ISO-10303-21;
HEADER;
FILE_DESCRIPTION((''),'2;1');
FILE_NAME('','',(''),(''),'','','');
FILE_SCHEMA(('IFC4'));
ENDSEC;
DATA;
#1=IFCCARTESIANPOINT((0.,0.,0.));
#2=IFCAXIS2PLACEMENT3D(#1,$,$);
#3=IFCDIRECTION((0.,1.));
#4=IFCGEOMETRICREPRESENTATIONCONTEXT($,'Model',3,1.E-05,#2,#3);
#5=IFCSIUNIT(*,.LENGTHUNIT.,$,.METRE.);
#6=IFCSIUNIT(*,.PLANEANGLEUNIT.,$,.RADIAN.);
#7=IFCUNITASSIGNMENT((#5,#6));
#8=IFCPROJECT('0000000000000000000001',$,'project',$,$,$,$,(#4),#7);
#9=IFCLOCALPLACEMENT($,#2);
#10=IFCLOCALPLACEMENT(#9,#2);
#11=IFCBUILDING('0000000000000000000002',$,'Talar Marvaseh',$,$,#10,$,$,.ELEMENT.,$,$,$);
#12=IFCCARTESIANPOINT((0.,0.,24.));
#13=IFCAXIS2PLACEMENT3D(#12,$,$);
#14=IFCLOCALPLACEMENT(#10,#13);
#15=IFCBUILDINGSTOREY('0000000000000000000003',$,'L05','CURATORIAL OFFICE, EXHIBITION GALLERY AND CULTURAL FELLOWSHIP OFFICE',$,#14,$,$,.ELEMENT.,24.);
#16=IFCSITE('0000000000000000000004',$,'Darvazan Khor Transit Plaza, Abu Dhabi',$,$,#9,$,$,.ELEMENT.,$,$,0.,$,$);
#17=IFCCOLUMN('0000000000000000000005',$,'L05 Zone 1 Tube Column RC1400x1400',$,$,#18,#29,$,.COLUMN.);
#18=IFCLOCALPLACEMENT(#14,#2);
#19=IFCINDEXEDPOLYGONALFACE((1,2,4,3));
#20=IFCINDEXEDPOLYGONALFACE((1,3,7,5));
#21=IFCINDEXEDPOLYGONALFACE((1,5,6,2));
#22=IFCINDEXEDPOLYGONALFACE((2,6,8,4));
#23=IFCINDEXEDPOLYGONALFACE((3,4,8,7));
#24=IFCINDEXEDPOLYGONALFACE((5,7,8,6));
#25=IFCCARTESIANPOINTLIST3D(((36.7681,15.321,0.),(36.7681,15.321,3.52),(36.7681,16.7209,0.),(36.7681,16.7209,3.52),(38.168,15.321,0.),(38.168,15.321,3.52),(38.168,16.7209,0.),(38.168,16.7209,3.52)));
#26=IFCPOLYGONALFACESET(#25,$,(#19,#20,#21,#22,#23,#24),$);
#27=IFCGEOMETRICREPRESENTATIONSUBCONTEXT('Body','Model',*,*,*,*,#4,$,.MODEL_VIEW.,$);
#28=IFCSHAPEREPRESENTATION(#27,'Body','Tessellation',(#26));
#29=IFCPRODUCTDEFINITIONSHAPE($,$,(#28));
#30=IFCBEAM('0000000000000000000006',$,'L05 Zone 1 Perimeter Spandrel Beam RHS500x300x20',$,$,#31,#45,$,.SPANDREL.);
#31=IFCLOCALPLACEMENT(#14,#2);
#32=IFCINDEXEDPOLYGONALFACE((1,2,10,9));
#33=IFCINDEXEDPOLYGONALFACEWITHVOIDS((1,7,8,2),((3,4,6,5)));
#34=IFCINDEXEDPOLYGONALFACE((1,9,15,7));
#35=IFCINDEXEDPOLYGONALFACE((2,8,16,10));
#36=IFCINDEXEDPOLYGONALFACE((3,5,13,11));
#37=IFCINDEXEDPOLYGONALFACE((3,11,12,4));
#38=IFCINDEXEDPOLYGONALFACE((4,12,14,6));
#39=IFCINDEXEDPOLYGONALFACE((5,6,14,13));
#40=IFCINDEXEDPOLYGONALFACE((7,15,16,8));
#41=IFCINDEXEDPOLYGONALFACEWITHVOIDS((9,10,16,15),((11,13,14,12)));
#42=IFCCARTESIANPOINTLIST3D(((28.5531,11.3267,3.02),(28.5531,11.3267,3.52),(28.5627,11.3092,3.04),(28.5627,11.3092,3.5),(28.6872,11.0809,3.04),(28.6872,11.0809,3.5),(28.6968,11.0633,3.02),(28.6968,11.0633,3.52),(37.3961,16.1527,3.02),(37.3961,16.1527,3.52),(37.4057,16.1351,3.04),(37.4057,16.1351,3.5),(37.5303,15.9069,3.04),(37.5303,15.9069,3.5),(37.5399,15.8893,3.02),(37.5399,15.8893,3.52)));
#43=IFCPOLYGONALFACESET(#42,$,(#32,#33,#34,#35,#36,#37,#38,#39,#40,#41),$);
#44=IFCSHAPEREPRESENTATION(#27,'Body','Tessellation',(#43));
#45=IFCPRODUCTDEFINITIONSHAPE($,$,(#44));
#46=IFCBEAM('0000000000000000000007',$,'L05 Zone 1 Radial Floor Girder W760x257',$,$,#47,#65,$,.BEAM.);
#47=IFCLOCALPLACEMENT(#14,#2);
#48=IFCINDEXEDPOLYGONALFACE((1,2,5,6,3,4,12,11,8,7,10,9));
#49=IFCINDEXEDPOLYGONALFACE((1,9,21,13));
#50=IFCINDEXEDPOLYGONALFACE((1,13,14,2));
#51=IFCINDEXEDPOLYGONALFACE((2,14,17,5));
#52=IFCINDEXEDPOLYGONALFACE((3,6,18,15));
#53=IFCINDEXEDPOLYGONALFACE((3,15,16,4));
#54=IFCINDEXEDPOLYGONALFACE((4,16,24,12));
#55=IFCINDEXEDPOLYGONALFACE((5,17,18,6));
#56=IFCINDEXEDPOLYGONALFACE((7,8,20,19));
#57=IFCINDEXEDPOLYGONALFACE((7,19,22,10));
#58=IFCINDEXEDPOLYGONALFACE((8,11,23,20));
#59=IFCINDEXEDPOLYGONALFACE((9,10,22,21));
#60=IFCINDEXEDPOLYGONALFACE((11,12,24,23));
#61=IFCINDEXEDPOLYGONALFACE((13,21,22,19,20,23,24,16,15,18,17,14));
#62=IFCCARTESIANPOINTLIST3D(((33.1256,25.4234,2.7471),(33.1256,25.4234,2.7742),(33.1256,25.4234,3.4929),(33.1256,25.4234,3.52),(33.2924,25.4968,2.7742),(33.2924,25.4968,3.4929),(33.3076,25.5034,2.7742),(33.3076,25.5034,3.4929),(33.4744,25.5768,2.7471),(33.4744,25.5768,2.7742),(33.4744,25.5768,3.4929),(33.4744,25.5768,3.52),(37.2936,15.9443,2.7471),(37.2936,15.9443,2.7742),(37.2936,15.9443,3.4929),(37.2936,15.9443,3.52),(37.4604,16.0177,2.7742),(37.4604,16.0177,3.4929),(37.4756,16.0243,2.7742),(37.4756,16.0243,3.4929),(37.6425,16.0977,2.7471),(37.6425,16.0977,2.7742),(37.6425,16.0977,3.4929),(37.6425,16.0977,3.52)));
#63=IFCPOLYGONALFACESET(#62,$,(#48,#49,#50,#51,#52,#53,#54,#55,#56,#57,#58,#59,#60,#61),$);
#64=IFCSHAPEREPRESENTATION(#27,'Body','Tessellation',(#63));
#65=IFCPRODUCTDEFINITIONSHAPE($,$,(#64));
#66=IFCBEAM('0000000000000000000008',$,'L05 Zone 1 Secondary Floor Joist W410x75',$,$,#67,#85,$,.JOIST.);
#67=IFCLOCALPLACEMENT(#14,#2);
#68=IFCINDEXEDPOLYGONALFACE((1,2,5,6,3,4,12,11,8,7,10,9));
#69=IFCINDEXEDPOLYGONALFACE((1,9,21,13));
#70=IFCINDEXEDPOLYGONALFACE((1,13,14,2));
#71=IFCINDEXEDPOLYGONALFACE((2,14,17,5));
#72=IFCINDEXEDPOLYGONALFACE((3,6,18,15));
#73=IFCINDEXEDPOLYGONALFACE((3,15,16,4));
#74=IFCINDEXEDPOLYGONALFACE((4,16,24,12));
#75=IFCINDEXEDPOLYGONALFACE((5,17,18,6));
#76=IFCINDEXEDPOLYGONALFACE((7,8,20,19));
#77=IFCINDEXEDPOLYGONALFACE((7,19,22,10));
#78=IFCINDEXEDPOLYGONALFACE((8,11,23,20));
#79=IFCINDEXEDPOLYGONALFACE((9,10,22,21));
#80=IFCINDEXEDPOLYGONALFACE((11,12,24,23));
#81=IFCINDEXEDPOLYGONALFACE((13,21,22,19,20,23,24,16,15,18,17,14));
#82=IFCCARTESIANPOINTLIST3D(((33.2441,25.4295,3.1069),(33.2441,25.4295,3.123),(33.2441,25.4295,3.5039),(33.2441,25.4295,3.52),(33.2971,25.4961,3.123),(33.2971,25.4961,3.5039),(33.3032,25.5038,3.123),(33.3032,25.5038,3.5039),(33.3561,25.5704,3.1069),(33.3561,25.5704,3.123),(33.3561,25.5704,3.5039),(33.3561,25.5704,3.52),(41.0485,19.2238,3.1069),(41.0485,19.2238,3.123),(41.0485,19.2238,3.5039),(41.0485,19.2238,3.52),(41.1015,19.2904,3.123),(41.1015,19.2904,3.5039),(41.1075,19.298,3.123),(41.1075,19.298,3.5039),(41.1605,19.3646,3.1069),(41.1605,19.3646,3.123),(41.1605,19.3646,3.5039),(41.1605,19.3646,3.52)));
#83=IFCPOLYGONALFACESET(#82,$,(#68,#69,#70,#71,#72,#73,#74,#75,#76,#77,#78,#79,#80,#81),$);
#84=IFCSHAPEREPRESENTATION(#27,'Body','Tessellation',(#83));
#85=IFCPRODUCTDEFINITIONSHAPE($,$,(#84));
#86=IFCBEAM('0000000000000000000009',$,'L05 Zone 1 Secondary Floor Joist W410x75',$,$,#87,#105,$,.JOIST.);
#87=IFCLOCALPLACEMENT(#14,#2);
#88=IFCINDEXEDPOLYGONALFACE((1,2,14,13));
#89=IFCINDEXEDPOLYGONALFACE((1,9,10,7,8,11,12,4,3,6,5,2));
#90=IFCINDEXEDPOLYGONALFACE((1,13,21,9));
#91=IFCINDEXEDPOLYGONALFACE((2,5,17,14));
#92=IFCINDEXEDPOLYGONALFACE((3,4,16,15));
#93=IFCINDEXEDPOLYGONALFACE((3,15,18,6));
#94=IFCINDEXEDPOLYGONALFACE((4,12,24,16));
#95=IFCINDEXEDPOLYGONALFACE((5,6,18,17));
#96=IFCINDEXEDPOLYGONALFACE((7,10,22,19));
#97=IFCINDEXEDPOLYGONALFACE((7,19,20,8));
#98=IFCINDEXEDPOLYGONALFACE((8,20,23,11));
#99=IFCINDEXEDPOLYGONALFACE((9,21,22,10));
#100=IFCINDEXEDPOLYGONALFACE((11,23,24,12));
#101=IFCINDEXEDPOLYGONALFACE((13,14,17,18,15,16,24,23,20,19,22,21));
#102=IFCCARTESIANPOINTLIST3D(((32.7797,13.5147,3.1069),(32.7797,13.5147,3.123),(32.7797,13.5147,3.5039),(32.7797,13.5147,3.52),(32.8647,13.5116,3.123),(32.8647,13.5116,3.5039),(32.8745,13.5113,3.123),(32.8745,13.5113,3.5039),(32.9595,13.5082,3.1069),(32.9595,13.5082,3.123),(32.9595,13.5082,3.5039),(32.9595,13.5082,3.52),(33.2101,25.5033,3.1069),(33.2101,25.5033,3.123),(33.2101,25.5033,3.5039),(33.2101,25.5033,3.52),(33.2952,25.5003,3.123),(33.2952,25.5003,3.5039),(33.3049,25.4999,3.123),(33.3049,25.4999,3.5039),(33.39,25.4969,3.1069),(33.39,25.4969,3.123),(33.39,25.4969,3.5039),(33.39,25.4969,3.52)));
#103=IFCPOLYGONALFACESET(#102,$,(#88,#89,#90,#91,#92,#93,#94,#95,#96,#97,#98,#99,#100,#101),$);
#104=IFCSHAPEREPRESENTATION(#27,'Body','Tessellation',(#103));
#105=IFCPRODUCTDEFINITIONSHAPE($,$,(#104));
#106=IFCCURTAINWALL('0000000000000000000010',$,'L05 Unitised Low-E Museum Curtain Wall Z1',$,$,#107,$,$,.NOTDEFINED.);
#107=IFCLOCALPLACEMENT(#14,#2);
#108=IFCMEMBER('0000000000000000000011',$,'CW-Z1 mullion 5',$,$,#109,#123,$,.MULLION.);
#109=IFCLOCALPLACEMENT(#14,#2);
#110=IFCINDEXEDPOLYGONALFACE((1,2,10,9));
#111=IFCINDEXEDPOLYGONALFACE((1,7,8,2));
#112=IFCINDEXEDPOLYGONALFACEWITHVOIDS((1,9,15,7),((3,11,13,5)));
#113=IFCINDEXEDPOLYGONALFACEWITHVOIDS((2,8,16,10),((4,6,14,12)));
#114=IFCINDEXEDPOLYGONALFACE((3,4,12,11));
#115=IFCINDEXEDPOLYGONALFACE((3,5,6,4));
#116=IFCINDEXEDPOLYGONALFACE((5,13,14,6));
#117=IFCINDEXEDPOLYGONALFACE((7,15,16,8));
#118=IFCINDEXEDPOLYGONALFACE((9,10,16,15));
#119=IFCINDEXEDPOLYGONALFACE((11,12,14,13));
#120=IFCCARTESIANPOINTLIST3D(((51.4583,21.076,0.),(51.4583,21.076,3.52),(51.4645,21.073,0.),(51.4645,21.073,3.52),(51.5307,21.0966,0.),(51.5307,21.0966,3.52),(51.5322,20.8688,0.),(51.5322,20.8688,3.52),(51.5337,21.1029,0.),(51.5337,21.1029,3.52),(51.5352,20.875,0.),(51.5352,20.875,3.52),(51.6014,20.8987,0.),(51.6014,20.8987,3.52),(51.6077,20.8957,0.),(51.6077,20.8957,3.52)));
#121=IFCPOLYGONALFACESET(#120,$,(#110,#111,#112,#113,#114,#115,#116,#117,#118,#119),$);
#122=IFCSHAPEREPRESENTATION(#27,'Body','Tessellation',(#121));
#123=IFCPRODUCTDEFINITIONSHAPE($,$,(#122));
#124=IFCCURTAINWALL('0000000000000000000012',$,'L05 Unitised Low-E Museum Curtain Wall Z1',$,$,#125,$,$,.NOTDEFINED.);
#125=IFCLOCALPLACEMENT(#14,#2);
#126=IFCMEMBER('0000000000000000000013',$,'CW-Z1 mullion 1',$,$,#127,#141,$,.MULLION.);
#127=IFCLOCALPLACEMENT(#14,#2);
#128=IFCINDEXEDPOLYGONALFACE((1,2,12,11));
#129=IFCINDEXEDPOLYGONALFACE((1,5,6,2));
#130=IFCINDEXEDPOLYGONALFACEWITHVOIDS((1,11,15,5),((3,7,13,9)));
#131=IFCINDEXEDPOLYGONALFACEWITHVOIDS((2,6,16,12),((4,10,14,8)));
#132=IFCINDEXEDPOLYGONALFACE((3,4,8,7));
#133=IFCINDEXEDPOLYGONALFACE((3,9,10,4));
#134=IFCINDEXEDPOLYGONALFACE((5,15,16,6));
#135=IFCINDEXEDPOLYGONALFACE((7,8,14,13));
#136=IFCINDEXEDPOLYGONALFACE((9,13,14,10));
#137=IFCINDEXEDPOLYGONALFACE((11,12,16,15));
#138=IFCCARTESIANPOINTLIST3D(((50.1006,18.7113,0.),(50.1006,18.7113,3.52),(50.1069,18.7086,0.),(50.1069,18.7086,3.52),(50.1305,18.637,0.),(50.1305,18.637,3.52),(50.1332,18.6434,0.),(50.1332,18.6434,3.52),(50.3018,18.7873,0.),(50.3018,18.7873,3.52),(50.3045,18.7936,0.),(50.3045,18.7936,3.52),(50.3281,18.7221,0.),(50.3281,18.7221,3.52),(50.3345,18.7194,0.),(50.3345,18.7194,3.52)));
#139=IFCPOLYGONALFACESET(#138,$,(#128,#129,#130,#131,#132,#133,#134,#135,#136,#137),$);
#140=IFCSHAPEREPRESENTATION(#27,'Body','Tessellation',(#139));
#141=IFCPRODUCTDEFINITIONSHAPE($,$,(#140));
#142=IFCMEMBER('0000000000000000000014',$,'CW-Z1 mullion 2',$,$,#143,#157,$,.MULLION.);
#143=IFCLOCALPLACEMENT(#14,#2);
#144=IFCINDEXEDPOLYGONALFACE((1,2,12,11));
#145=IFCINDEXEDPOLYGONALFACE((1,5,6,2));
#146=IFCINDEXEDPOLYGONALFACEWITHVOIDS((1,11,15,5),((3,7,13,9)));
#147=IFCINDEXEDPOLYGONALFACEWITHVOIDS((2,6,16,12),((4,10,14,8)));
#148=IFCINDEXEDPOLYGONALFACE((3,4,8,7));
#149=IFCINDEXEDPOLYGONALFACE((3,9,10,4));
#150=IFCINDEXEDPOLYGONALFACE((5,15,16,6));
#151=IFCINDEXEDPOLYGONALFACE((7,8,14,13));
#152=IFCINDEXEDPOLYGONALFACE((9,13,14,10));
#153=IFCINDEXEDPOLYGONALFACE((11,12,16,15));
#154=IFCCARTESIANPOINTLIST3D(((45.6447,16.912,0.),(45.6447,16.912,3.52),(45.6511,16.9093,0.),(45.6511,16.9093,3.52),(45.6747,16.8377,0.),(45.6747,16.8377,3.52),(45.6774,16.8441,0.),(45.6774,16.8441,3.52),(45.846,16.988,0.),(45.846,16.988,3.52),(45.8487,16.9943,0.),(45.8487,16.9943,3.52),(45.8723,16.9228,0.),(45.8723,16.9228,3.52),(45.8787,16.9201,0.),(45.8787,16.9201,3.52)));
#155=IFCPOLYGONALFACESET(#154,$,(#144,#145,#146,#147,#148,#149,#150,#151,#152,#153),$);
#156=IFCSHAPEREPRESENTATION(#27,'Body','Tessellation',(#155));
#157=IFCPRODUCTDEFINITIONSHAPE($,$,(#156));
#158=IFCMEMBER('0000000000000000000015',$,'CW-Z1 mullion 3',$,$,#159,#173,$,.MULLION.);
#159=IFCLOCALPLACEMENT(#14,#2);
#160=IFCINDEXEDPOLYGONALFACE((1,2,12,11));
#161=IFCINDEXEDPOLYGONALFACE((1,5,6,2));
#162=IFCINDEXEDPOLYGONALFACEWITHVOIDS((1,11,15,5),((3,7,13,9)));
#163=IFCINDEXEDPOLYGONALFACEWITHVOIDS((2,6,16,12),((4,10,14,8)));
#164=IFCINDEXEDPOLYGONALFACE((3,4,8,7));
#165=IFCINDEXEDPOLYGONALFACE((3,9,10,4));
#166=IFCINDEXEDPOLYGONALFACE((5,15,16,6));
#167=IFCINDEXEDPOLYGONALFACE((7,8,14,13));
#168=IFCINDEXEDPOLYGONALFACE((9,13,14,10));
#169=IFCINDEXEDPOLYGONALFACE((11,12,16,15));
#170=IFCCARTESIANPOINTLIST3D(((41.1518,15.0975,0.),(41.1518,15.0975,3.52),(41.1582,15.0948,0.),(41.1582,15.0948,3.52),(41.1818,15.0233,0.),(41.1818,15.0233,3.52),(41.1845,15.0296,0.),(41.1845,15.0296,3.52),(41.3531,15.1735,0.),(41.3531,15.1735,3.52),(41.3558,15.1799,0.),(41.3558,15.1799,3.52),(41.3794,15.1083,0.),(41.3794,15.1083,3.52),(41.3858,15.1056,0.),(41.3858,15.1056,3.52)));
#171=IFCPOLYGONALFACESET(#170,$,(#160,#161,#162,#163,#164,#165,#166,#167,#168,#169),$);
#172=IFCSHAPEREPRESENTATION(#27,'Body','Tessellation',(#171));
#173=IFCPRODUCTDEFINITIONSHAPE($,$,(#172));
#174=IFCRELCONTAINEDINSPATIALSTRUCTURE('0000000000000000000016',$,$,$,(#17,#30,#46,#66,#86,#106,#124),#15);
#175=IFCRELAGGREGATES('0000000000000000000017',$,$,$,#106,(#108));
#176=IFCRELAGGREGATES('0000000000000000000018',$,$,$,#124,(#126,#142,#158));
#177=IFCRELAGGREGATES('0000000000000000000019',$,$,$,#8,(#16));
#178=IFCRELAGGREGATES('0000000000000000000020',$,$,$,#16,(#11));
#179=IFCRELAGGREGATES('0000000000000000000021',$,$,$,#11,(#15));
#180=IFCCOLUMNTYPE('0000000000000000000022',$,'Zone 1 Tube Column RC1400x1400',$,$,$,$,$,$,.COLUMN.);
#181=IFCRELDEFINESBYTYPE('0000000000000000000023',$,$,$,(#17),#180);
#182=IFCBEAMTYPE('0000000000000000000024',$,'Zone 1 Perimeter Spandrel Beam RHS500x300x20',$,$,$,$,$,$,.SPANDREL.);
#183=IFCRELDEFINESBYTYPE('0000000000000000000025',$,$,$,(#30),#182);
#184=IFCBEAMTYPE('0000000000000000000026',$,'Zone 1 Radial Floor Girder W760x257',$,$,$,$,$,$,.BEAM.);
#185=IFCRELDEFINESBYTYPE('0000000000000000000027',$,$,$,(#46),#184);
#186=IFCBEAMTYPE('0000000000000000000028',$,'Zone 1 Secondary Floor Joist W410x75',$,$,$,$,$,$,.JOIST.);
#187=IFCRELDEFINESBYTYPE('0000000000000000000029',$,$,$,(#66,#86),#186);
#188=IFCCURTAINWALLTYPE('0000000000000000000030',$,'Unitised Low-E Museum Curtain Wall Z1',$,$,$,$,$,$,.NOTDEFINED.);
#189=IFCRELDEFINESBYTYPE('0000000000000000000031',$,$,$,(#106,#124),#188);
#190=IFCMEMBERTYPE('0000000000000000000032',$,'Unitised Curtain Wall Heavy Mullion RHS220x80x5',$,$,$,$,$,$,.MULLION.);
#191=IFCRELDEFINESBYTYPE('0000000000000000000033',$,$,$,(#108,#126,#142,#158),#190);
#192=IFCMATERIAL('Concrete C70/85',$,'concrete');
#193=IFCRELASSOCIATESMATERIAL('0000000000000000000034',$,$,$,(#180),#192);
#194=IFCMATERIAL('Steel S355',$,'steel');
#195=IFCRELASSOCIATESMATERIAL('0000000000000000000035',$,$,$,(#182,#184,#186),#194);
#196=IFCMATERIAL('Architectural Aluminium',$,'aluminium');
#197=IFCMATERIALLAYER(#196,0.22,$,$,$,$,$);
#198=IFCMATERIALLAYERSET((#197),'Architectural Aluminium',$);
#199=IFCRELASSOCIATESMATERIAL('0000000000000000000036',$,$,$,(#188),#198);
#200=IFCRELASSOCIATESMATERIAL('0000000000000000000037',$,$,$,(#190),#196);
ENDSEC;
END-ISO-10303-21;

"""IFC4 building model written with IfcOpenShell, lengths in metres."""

from ifc_helpers import new_model, si_unit, direction, frame, origin, origin_2d, place, context, subcontext, project, spatial, rectangle, hollow_rectangle, i_section, extrude, source, transform, mapped, material, layer, layer_set, material_profile, profile_set, type_object, type_shapes, element, aggregate, save


model = new_model("IFC4")

# Units and contexts
model_context = context("Model", 3, precision=1e-05, world=origin(), true_north=direction((0.0, 1.0)))
body_context = subcontext(model_context, "Body", "Model", "MODEL_VIEW")
ifc_project = project(units=[si_unit("LENGTHUNIT", "METRE"), si_unit("PLANEANGLEUNIT", "RADIAN")], contexts=[model_context])

# Site, building, storey
site_placement = place(None, origin())
site = spatial("IfcSite", under=ifc_project, at=site_placement, Name="Darvazan Khor Transit Plaza, Abu Dhabi", CompositionType="ELEMENT", RefElevation=0.0)
building_placement = place(site_placement, origin())
building = spatial("IfcBuilding", under=site, at=building_placement, Name="Talar Marvaseh", CompositionType="ELEMENT")
storey_placement = place(building_placement, frame((0.0, 0.0, 24.0)))
storey = spatial("IfcBuildingStorey", under=building, at=storey_placement, Name="L05", Description="CURATORIAL OFFICE, EXHIBITION GALLERY AND CULTURAL FELLOWSHIP OFFICE", CompositionType="ELEMENT", Elevation=24.0)

# Column
ifc_material_1 = material(Name="Concrete C70/85", Category="concrete")
ifc_material_profile_1 = material_profile(ifc_material_1, rectangle(XDim=1.3999, YDim=1.3999, at=origin_2d()), Name="RC1400x1400")
ifc_profile_set_1 = profile_set([ifc_material_profile_1], Name="Concrete C70/85")
column_type = type_object("IfcColumnType", Name="Zone 1 Tube Column RC1400x1400", PredefinedType="COLUMN", material=ifc_profile_set_1)
column_placement = place(storey_placement, frame((37.468, 16.021, 0.0), z_axis=(0.0, 0.0, 1.0), x_axis=(1.0, 0.0, 0.0)))
element("IfcColumn", 1, at=column_placement, inside=storey, type_object=column_type, Name="L05 Zone 1 Tube Column RC1400x1400", PredefinedType="COLUMN", context=body_context, shape_type="SweptSolid", body=[
    extrude(rectangle(XDim=1.3999, YDim=1.3999, at=origin_2d()), origin(), (0.0, 0.0, 1.0), 3.52),
])

# Beams
ifc_material_2 = material(Name="Steel S355", Category="steel")
ifc_material_profile_2 = material_profile(ifc_material_2, hollow_rectangle(XDim=0.3, YDim=0.5, WallThickness=0.02, at=origin_2d()), Name="RHS500x300x20")
ifc_profile_set_2 = profile_set([ifc_material_profile_2], Name="Steel S355")
beam_type_1 = type_object("IfcBeamType", Name="Zone 1 Perimeter Spandrel Beam RHS500x300x20", PredefinedType="SPANDREL", material=ifc_profile_set_2)
beam_1_placement = place(storey_placement, frame((37.468, 16.021, 3.27), z_axis=(-0.877793, -0.479041, 0.0), x_axis=(0.479041, -0.877793, 0.0)))
element("IfcBeam", 2, at=beam_1_placement, inside=storey, type_object=beam_type_1, Name="L05 Zone 1 Perimeter Spandrel Beam RHS500x300x20", PredefinedType="SPANDREL", context=body_context, shape_type="SweptSolid", body=[
    extrude(hollow_rectangle(XDim=0.3, YDim=0.5, WallThickness=0.02, at=origin_2d()), origin(), (0.0, 0.0, 1.0), 10.0742),
])
ifc_material_profile_3 = material_profile(ifc_material_2, i_section(OverallWidth=0.3811, OverallDepth=0.7729, WebThickness=0.0166, FlangeThickness=0.0271, at=origin_2d()), Name="W760x257")
ifc_profile_set_3 = profile_set([ifc_material_profile_3], Name="Steel S355")
beam_type_2 = type_object("IfcBeamType", Name="Zone 1 Radial Floor Girder W760x257", PredefinedType="BEAM", material=ifc_profile_set_3)
beam_2_placement = place(storey_placement, frame((37.468, 16.021, 3.1335), z_axis=(-0.402513, 0.915414, 0.0), x_axis=(-0.915414, -0.402513, 0.0)))
element("IfcBeam", 3, at=beam_2_placement, inside=storey, type_object=beam_type_2, Name="L05 Zone 1 Radial Floor Girder W760x257", PredefinedType="BEAM", context=body_context, shape_type="SweptSolid", body=[
    extrude(i_section(OverallWidth=0.3811, OverallDepth=0.7729, WebThickness=0.0166, FlangeThickness=0.0271, at=origin_2d()), origin(), (0.0, 0.0, 1.0), 10.355),
])
ifc_material_profile_4 = material_profile(ifc_material_2, i_section(OverallWidth=0.1799, OverallDepth=0.4131, WebThickness=0.0098, FlangeThickness=0.0161, at=origin_2d()), Name="W410x75")
ifc_profile_set_4 = profile_set([ifc_material_profile_4], Name="Steel S355")
beam_type_3 = type_object("IfcBeamType", Name="Zone 1 Secondary Floor Joist W410x75", PredefinedType="JOIST", material=ifc_profile_set_4)
beam_3_placement = place(storey_placement, frame((41.1045, 19.2942, 3.3135), z_axis=(-0.782712, 0.622384, 0.0), x_axis=(-0.622384, -0.782712, 0.0)))
element("IfcBeam", 4, at=beam_3_placement, inside=storey, type_object=beam_type_3, Name="L05 Zone 1 Secondary Floor Joist W410x75", PredefinedType="JOIST", context=body_context, shape_type="SweptSolid", body=[
    extrude(i_section(OverallWidth=0.1799, OverallDepth=0.4131, WebThickness=0.0098, FlangeThickness=0.0161, at=origin_2d()), origin(), (0.0, 0.0, 1.0), 9.9709),
])
beam_4_placement = place(storey_placement, frame((32.8696, 13.5115, 3.3135), z_axis=(0.03588, 0.999356, 0.0), x_axis=(-0.999356, 0.03588, 0.0)))
element("IfcBeam", 5, at=beam_4_placement, inside=storey, type_object=beam_type_3, Name="L05 Zone 1 Secondary Floor Joist W410x75", PredefinedType="JOIST", context=body_context, shape_type="SweptSolid", body=[
    extrude(i_section(OverallWidth=0.1799, OverallDepth=0.4131, WebThickness=0.0098, FlangeThickness=0.0161, at=origin_2d()), origin(), (0.0, 0.0, 1.0), 11.9963),
])

# Curtain wall, member
ifc_material_3 = material(Name="Architectural Aluminium", Category="aluminium")
ifc_layer_1 = layer(ifc_material_3, 0.22)
ifc_layer_set_1 = layer_set([ifc_layer_1], Name="Architectural Aluminium")
curtain_wall_type = type_object("IfcCurtainWallType", Name="Unitised Low-E Museum Curtain Wall Z1", PredefinedType="NOTDEFINED", material=ifc_layer_set_1)
curtain_wall_1_placement = place(storey_placement, origin())
curtain_wall_1 = element("IfcCurtainWall", 6, at=curtain_wall_1_placement, inside=storey, type_object=curtain_wall_type, Name="L05 Unitised Low-E Museum Curtain Wall Z1", PredefinedType="NOTDEFINED")
ifc_material_profile_5 = material_profile(ifc_material_3, hollow_rectangle(XDim=0.0801, YDim=0.22, WallThickness=0.0049, at=origin_2d()), Name="RHS220x80x5")
ifc_profile_set_5 = profile_set([ifc_material_profile_5], Name="Architectural Aluminium")
member_type_1 = type_object("IfcMemberType", Name="Unitised Curtain Wall Heavy Mullion RHS220x80x5", PredefinedType="MULLION", material=ifc_profile_set_5)
shared_shape_1 = source(origin(), body_context, "Body", "SweptSolid", [
    extrude(hollow_rectangle(XDim=0.0801, YDim=0.22, WallThickness=0.0049, at=origin_2d()), origin(), (0.0, 0.0, 1.0), 3.52),
])
type_shapes(member_type_1, [shared_shape_1])
member_1_placement = place(storey_placement, frame((51.533, 20.9858, 0.0), z_axis=(0.0, 0.0, 1.0), x_axis=(0.941742, 0.336336, 0.0)))
member_1 = element("IfcMember", 7, at=member_1_placement, type_object=member_type_1, Name="CW-Z1 mullion 5", PredefinedType="MULLION", context=body_context, shape_type="MappedRepresentation", body=[
    mapped(shared_shape_1, transform((0.0, 0.0, 0.0), x_axis=(1.0, 0.0, 0.0), y_axis=(0.0, 1.0, 0.0), z_axis=(0.0, 0.0, 1.0), scale=1.0)),
])
aggregate(curtain_wall_1, [member_1])

# Curtain wall, members
curtain_wall_2_placement = place(storey_placement, origin())
curtain_wall_2 = element("IfcCurtainWall", 8, at=curtain_wall_2_placement, inside=storey, type_object=curtain_wall_type, Name="L05 Unitised Low-E Museum Curtain Wall Z1", PredefinedType="NOTDEFINED")
member_2_placement = place(storey_placement, frame((50.2175, 18.7153, 0.0), z_axis=(0.0, 0.0, 1.0), x_axis=(0.374463, -0.927242, 0.0)))
member_2 = element("IfcMember", 9, at=member_2_placement, type_object=member_type_1, Name="CW-Z1 mullion 1", PredefinedType="MULLION", context=body_context, shape_type="MappedRepresentation", body=[
    mapped(shared_shape_1, transform((0.0, 0.0, 0.0), x_axis=(1.0, 0.0, 0.0), y_axis=(0.0, 1.0, 0.0), z_axis=(0.0, 0.0, 1.0), scale=1.0)),
])
member_3_placement = place(storey_placement, frame((45.7617, 16.916, 0.0), z_axis=(0.0, 0.0, 1.0), x_axis=(0.374463, -0.927242, 0.0)))
member_3 = element("IfcMember", 10, at=member_3_placement, type_object=member_type_1, Name="CW-Z1 mullion 2", PredefinedType="MULLION", context=body_context, shape_type="MappedRepresentation", body=[
    mapped(shared_shape_1, transform((0.0, 0.0, 0.0), x_axis=(1.0, 0.0, 0.0), y_axis=(0.0, 1.0, 0.0), z_axis=(0.0, 0.0, 1.0), scale=1.0)),
])
member_4_placement = place(storey_placement, frame((41.2688, 15.1016, 0.0), z_axis=(0.0, 0.0, 1.0), x_axis=(0.374463, -0.927242, 0.0)))
member_4 = element("IfcMember", 11, at=member_4_placement, type_object=member_type_1, Name="CW-Z1 mullion 3", PredefinedType="MULLION", context=body_context, shape_type="MappedRepresentation", body=[
    mapped(shared_shape_1, transform((0.0, 0.0, 0.0), x_axis=(1.0, 0.0, 0.0), y_axis=(0.0, 1.0, 0.0), z_axis=(0.0, 0.0, 1.0), scale=1.0)),
])
aggregate(curtain_wall_2, [member_2, member_3, member_4])

save(model, "model.ifc")
